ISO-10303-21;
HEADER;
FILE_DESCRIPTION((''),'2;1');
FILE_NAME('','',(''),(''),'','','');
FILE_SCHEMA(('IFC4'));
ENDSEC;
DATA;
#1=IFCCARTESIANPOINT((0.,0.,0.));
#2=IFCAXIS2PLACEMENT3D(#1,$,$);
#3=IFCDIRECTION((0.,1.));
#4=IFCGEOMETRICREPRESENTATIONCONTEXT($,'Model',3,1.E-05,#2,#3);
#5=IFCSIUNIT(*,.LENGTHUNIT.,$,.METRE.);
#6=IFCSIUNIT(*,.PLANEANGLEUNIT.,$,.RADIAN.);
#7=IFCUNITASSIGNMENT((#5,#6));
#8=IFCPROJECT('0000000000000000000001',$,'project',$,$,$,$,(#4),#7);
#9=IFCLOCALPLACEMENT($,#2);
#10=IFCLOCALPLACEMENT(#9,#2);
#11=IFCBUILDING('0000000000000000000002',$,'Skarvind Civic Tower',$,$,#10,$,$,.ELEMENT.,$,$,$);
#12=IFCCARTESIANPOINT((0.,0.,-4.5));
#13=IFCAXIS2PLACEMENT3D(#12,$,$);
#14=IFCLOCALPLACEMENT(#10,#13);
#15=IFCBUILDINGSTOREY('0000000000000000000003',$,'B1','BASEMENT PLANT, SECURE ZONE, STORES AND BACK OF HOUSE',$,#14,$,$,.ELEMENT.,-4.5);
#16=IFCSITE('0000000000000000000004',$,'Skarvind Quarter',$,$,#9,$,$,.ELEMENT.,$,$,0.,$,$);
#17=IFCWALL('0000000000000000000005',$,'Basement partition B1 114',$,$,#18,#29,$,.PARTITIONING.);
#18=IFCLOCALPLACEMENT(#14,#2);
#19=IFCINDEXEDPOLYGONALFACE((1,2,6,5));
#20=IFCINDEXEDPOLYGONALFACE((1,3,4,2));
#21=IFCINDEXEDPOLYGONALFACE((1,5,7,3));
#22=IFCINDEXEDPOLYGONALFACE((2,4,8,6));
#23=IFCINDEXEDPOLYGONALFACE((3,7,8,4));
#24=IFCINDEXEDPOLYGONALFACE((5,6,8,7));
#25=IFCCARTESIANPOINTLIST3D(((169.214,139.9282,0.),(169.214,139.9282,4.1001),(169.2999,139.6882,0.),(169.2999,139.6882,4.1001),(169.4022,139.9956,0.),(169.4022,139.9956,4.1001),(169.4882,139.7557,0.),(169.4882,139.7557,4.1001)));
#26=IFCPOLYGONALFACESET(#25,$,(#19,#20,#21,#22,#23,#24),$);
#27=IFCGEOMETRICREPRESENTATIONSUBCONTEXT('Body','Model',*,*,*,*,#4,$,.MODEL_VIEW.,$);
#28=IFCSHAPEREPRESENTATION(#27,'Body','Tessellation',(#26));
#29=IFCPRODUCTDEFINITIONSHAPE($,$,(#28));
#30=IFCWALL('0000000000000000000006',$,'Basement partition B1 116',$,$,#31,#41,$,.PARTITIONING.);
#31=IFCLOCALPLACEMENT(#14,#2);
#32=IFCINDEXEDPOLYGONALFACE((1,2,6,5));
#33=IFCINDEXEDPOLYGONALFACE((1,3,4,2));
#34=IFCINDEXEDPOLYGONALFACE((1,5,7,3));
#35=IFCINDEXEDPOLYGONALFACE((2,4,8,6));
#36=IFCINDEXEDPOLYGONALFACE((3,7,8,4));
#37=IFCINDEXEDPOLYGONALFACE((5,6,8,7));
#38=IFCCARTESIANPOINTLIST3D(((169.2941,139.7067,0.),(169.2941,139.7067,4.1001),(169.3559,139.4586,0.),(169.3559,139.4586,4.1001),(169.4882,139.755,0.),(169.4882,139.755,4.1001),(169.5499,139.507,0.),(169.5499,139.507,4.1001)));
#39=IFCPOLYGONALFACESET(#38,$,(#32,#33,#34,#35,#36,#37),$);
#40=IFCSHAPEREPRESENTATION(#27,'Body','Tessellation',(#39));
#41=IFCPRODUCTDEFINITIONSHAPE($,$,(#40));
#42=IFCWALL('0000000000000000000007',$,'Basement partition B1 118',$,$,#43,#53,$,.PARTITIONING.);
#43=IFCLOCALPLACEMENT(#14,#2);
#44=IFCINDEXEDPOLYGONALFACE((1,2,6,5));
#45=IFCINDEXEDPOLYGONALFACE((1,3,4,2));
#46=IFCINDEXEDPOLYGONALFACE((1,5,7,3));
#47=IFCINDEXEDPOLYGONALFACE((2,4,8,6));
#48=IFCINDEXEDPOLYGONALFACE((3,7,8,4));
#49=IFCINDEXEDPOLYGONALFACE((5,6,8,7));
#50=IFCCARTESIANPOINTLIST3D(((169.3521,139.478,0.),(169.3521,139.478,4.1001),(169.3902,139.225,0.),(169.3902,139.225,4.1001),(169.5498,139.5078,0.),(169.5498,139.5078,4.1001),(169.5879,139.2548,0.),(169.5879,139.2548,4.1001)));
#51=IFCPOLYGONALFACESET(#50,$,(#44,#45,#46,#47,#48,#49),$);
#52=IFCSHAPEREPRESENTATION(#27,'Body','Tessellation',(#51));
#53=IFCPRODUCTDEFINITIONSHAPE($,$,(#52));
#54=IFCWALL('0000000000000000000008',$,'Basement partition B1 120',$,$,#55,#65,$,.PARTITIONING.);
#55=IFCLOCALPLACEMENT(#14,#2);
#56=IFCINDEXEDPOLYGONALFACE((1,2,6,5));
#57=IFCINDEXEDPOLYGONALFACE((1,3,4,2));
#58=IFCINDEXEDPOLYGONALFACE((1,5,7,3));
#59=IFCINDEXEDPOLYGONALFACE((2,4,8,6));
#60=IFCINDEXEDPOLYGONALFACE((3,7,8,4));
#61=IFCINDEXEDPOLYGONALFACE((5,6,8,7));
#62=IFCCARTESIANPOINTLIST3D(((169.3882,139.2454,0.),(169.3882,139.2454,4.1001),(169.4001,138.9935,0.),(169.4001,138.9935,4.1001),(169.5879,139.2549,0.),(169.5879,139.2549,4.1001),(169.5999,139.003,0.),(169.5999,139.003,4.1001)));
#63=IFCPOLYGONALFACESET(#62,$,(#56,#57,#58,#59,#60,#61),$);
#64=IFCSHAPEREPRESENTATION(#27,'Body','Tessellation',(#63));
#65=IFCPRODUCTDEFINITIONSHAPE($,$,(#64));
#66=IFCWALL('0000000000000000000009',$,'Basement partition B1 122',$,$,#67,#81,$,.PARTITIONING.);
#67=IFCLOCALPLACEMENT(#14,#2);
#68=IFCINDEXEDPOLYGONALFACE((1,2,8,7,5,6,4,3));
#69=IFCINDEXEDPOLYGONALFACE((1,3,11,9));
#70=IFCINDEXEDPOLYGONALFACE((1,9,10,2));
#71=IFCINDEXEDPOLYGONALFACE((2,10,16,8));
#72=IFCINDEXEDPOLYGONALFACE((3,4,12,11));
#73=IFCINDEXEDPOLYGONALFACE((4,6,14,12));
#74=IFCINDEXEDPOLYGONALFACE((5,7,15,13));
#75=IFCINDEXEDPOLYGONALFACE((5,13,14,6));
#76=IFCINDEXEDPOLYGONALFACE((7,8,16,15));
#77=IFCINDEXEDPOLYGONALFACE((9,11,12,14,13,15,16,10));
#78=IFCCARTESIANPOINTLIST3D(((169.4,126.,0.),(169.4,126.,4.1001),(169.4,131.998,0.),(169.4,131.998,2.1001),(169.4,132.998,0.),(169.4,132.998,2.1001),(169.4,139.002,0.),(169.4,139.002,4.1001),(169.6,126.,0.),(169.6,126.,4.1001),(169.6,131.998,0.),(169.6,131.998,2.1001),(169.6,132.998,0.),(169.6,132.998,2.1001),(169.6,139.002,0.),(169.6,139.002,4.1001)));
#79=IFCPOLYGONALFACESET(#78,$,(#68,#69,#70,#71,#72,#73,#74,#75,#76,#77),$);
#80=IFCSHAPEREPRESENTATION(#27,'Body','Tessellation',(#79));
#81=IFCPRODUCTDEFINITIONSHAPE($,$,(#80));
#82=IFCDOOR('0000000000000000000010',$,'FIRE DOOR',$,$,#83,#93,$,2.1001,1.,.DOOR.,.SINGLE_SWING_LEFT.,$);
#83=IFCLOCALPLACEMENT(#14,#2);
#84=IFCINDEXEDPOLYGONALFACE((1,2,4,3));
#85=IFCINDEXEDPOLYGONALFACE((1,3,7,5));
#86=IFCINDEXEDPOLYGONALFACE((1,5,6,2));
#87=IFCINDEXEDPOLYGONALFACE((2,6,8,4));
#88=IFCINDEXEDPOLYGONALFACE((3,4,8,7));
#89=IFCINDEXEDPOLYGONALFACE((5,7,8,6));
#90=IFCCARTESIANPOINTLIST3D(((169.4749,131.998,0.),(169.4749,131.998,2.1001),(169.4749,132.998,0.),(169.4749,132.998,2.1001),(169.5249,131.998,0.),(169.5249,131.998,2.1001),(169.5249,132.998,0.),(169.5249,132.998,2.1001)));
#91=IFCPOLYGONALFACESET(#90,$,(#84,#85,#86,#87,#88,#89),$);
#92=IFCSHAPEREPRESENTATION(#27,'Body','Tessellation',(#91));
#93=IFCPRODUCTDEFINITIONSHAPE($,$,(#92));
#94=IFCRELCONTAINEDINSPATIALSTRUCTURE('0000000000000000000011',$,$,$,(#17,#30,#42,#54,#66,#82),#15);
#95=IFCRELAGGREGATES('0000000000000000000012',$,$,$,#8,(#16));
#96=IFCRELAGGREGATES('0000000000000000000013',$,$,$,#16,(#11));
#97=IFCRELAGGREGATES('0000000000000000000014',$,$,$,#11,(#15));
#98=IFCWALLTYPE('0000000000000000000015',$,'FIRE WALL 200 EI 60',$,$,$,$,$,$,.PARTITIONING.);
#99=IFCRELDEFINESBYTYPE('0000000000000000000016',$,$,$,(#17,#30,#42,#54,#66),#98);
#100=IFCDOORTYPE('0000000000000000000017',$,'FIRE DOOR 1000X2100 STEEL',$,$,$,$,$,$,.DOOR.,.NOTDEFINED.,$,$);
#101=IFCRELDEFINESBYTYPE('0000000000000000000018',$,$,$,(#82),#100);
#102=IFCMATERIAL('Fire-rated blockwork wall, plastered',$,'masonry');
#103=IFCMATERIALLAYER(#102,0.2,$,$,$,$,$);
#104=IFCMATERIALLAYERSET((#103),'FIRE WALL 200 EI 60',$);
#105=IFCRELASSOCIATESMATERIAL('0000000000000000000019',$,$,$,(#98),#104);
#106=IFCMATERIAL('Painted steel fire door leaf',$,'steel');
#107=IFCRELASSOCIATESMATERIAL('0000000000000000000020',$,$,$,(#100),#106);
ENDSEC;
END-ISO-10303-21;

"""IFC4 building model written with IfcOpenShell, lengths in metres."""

from ifc_helpers import new_model, si_unit, direction, frame, frame_2d, origin, place, context, subcontext, project, spatial, rectangle, extrude, material, layer, layer_set, type_object, element, fill, save


model = new_model("IFC4")

# Units and contexts
model_context = context("Model", 3, precision=1e-05, world=origin(), true_north=direction((0.0, 1.0)))
body_context = subcontext(model_context, "Body", "Model", "MODEL_VIEW")
ifc_project = project(units=[si_unit("LENGTHUNIT", "METRE"), si_unit("PLANEANGLEUNIT", "RADIAN")], contexts=[model_context])

# Site, building, storey
site_placement = place(None, origin())
site = spatial("IfcSite", under=ifc_project, at=site_placement, Name="Skarvind Quarter", CompositionType="ELEMENT", RefElevation=0.0)
building_placement = place(site_placement, origin())
building = spatial("IfcBuilding", under=site, at=building_placement, Name="Skarvind Civic Tower", CompositionType="ELEMENT")
storey_placement = place(building_placement, frame((0.0, 0.0, -4.5)))
storey = spatial("IfcBuildingStorey", under=building, at=storey_placement, Name="B1", Description="BASEMENT PLANT, SECURE ZONE, STORES AND BACK OF HOUSE", CompositionType="ELEMENT", Elevation=-4.5)

# Walls
ifc_material_1 = material(Name="Fire-rated blockwork wall, plastered", Category="masonry")
ifc_layer_1 = layer(ifc_material_1, 0.2)
ifc_layer_set_1 = layer_set([ifc_layer_1], Name="FIRE WALL 200 EI 60")
wall_type_1 = type_object("IfcWallType", Name="FIRE WALL 200 EI 60", PredefinedType="PARTITIONING", material=ifc_layer_set_1)
wall_1_placement = place(storey_placement, frame((169.3081, 139.9619, 0.0), z_axis=(0.0, 0.0, 1.0), x_axis=(0.337125, -0.94146, 0.0)))
element("IfcWall", 1, at=wall_1_placement, inside=storey, type_object=wall_type_1, Name="Basement partition B1 114", PredefinedType="PARTITIONING", context=body_context, shape_type="SweptSolid", body=[
    extrude(rectangle(XDim=0.2549, YDim=0.2, at=frame_2d((0.1274, 0.0))), origin(), (0.0, 0.0, 1.0), 4.1001),
])
wall_2_placement = place(storey_placement, frame((169.3911, 139.731, 0.0), z_axis=(0.0, 0.0, 1.0), x_axis=(0.241637, -0.970367, 0.0)))
element("IfcWall", 2, at=wall_2_placement, inside=storey, type_object=wall_type_1, Name="Basement partition B1 116", PredefinedType="PARTITIONING", context=body_context, shape_type="SweptSolid", body=[
    extrude(rectangle(XDim=0.2556, YDim=0.2, at=frame_2d((0.1279, 0.0))), origin(), (0.0, 0.0, 1.0), 4.1001),
])
wall_3_placement = place(storey_placement, frame((169.4509, 139.4929, 0.0), z_axis=(0.0, 0.0, 1.0), x_axis=(0.148901, -0.988852, 0.0)))
element("IfcWall", 3, at=wall_3_placement, inside=storey, type_object=wall_type_1, Name="Basement partition B1 118", PredefinedType="PARTITIONING", context=body_context, shape_type="SweptSolid", body=[
    extrude(rectangle(XDim=0.2559, YDim=0.2, at=frame_2d((0.1279, 0.0))), origin(), (0.0, 0.0, 1.0), 4.1001),
])
wall_4_placement = place(storey_placement, frame((169.488, 139.25, 0.0), z_axis=(0.0, 0.0, 1.0), x_axis=(0.047427, -0.998875, 0.0)))
element("IfcWall", 4, at=wall_4_placement, inside=storey, type_object=wall_type_1, Name="Basement partition B1 120", PredefinedType="PARTITIONING", context=body_context, shape_type="SweptSolid", body=[
    extrude(rectangle(XDim=0.2522, YDim=0.2, at=frame_2d((0.126, 0.0))), origin(), (0.0, 0.0, 1.0), 4.1001),
])

# Wall, opening, door
wall_5_placement = place(storey_placement, frame((169.5, 139.002, 0.0), z_axis=(0.0, 0.0, 1.0), x_axis=(0.0, -1.0, 0.0)))
wall_5 = element("IfcWall", 5, at=wall_5_placement, inside=storey, type_object=wall_type_1, Name="Basement partition B1 122", PredefinedType="PARTITIONING", context=body_context, shape_type="SweptSolid", body=[
    extrude(rectangle(XDim=13.002, YDim=0.2, at=frame_2d((6.501, 0.0))), origin(), (0.0, 0.0, 1.0), 4.1001),
])
opening_placement = place(wall_5_placement, frame((6.0039, 0.0, 0.0)))
opening = element("IfcOpeningElement", 6, at=opening_placement, cuts=wall_5, PredefinedType="OPENING", context=body_context, shape_type="SweptSolid", body=[
    extrude(rectangle(XDim=1.0, YDim=2.1001, at=frame_2d((0.5, 1.05))), frame((0.0, 0.1099, 0.0), z_axis=(0.0, -1.0, 0.0), x_axis=(1.0, 0.0, 0.0)), (0.0, 0.0, 1.0), 0.22),
])
ifc_material_2 = material(Name="Painted steel fire door leaf", Category="steel")
door_type = type_object("IfcDoorType", Name="FIRE DOOR 1000X2100 STEEL", OperationType="NOTDEFINED", PredefinedType="DOOR", material=ifc_material_2)
door_placement = place(opening_placement, origin())
door = element("IfcDoor", 7, at=door_placement, inside=storey, type_object=door_type, Name="FIRE DOOR", OperationType="SINGLE_SWING_LEFT", OverallHeight=2.1001, OverallWidth=1.0, PredefinedType="DOOR", context=body_context, shape_type="SweptSolid", body=[
    extrude(rectangle(XDim=1.0, YDim=2.1001, at=frame_2d((0.5, 1.05))), frame((0.0, 0.0249, 0.0), z_axis=(0.0, -1.0, 0.0), x_axis=(1.0, 0.0, 0.0)), (0.0, 0.0, 1.0), 0.05),
])
fill(opening, door)

save(model, "model.ifc")
